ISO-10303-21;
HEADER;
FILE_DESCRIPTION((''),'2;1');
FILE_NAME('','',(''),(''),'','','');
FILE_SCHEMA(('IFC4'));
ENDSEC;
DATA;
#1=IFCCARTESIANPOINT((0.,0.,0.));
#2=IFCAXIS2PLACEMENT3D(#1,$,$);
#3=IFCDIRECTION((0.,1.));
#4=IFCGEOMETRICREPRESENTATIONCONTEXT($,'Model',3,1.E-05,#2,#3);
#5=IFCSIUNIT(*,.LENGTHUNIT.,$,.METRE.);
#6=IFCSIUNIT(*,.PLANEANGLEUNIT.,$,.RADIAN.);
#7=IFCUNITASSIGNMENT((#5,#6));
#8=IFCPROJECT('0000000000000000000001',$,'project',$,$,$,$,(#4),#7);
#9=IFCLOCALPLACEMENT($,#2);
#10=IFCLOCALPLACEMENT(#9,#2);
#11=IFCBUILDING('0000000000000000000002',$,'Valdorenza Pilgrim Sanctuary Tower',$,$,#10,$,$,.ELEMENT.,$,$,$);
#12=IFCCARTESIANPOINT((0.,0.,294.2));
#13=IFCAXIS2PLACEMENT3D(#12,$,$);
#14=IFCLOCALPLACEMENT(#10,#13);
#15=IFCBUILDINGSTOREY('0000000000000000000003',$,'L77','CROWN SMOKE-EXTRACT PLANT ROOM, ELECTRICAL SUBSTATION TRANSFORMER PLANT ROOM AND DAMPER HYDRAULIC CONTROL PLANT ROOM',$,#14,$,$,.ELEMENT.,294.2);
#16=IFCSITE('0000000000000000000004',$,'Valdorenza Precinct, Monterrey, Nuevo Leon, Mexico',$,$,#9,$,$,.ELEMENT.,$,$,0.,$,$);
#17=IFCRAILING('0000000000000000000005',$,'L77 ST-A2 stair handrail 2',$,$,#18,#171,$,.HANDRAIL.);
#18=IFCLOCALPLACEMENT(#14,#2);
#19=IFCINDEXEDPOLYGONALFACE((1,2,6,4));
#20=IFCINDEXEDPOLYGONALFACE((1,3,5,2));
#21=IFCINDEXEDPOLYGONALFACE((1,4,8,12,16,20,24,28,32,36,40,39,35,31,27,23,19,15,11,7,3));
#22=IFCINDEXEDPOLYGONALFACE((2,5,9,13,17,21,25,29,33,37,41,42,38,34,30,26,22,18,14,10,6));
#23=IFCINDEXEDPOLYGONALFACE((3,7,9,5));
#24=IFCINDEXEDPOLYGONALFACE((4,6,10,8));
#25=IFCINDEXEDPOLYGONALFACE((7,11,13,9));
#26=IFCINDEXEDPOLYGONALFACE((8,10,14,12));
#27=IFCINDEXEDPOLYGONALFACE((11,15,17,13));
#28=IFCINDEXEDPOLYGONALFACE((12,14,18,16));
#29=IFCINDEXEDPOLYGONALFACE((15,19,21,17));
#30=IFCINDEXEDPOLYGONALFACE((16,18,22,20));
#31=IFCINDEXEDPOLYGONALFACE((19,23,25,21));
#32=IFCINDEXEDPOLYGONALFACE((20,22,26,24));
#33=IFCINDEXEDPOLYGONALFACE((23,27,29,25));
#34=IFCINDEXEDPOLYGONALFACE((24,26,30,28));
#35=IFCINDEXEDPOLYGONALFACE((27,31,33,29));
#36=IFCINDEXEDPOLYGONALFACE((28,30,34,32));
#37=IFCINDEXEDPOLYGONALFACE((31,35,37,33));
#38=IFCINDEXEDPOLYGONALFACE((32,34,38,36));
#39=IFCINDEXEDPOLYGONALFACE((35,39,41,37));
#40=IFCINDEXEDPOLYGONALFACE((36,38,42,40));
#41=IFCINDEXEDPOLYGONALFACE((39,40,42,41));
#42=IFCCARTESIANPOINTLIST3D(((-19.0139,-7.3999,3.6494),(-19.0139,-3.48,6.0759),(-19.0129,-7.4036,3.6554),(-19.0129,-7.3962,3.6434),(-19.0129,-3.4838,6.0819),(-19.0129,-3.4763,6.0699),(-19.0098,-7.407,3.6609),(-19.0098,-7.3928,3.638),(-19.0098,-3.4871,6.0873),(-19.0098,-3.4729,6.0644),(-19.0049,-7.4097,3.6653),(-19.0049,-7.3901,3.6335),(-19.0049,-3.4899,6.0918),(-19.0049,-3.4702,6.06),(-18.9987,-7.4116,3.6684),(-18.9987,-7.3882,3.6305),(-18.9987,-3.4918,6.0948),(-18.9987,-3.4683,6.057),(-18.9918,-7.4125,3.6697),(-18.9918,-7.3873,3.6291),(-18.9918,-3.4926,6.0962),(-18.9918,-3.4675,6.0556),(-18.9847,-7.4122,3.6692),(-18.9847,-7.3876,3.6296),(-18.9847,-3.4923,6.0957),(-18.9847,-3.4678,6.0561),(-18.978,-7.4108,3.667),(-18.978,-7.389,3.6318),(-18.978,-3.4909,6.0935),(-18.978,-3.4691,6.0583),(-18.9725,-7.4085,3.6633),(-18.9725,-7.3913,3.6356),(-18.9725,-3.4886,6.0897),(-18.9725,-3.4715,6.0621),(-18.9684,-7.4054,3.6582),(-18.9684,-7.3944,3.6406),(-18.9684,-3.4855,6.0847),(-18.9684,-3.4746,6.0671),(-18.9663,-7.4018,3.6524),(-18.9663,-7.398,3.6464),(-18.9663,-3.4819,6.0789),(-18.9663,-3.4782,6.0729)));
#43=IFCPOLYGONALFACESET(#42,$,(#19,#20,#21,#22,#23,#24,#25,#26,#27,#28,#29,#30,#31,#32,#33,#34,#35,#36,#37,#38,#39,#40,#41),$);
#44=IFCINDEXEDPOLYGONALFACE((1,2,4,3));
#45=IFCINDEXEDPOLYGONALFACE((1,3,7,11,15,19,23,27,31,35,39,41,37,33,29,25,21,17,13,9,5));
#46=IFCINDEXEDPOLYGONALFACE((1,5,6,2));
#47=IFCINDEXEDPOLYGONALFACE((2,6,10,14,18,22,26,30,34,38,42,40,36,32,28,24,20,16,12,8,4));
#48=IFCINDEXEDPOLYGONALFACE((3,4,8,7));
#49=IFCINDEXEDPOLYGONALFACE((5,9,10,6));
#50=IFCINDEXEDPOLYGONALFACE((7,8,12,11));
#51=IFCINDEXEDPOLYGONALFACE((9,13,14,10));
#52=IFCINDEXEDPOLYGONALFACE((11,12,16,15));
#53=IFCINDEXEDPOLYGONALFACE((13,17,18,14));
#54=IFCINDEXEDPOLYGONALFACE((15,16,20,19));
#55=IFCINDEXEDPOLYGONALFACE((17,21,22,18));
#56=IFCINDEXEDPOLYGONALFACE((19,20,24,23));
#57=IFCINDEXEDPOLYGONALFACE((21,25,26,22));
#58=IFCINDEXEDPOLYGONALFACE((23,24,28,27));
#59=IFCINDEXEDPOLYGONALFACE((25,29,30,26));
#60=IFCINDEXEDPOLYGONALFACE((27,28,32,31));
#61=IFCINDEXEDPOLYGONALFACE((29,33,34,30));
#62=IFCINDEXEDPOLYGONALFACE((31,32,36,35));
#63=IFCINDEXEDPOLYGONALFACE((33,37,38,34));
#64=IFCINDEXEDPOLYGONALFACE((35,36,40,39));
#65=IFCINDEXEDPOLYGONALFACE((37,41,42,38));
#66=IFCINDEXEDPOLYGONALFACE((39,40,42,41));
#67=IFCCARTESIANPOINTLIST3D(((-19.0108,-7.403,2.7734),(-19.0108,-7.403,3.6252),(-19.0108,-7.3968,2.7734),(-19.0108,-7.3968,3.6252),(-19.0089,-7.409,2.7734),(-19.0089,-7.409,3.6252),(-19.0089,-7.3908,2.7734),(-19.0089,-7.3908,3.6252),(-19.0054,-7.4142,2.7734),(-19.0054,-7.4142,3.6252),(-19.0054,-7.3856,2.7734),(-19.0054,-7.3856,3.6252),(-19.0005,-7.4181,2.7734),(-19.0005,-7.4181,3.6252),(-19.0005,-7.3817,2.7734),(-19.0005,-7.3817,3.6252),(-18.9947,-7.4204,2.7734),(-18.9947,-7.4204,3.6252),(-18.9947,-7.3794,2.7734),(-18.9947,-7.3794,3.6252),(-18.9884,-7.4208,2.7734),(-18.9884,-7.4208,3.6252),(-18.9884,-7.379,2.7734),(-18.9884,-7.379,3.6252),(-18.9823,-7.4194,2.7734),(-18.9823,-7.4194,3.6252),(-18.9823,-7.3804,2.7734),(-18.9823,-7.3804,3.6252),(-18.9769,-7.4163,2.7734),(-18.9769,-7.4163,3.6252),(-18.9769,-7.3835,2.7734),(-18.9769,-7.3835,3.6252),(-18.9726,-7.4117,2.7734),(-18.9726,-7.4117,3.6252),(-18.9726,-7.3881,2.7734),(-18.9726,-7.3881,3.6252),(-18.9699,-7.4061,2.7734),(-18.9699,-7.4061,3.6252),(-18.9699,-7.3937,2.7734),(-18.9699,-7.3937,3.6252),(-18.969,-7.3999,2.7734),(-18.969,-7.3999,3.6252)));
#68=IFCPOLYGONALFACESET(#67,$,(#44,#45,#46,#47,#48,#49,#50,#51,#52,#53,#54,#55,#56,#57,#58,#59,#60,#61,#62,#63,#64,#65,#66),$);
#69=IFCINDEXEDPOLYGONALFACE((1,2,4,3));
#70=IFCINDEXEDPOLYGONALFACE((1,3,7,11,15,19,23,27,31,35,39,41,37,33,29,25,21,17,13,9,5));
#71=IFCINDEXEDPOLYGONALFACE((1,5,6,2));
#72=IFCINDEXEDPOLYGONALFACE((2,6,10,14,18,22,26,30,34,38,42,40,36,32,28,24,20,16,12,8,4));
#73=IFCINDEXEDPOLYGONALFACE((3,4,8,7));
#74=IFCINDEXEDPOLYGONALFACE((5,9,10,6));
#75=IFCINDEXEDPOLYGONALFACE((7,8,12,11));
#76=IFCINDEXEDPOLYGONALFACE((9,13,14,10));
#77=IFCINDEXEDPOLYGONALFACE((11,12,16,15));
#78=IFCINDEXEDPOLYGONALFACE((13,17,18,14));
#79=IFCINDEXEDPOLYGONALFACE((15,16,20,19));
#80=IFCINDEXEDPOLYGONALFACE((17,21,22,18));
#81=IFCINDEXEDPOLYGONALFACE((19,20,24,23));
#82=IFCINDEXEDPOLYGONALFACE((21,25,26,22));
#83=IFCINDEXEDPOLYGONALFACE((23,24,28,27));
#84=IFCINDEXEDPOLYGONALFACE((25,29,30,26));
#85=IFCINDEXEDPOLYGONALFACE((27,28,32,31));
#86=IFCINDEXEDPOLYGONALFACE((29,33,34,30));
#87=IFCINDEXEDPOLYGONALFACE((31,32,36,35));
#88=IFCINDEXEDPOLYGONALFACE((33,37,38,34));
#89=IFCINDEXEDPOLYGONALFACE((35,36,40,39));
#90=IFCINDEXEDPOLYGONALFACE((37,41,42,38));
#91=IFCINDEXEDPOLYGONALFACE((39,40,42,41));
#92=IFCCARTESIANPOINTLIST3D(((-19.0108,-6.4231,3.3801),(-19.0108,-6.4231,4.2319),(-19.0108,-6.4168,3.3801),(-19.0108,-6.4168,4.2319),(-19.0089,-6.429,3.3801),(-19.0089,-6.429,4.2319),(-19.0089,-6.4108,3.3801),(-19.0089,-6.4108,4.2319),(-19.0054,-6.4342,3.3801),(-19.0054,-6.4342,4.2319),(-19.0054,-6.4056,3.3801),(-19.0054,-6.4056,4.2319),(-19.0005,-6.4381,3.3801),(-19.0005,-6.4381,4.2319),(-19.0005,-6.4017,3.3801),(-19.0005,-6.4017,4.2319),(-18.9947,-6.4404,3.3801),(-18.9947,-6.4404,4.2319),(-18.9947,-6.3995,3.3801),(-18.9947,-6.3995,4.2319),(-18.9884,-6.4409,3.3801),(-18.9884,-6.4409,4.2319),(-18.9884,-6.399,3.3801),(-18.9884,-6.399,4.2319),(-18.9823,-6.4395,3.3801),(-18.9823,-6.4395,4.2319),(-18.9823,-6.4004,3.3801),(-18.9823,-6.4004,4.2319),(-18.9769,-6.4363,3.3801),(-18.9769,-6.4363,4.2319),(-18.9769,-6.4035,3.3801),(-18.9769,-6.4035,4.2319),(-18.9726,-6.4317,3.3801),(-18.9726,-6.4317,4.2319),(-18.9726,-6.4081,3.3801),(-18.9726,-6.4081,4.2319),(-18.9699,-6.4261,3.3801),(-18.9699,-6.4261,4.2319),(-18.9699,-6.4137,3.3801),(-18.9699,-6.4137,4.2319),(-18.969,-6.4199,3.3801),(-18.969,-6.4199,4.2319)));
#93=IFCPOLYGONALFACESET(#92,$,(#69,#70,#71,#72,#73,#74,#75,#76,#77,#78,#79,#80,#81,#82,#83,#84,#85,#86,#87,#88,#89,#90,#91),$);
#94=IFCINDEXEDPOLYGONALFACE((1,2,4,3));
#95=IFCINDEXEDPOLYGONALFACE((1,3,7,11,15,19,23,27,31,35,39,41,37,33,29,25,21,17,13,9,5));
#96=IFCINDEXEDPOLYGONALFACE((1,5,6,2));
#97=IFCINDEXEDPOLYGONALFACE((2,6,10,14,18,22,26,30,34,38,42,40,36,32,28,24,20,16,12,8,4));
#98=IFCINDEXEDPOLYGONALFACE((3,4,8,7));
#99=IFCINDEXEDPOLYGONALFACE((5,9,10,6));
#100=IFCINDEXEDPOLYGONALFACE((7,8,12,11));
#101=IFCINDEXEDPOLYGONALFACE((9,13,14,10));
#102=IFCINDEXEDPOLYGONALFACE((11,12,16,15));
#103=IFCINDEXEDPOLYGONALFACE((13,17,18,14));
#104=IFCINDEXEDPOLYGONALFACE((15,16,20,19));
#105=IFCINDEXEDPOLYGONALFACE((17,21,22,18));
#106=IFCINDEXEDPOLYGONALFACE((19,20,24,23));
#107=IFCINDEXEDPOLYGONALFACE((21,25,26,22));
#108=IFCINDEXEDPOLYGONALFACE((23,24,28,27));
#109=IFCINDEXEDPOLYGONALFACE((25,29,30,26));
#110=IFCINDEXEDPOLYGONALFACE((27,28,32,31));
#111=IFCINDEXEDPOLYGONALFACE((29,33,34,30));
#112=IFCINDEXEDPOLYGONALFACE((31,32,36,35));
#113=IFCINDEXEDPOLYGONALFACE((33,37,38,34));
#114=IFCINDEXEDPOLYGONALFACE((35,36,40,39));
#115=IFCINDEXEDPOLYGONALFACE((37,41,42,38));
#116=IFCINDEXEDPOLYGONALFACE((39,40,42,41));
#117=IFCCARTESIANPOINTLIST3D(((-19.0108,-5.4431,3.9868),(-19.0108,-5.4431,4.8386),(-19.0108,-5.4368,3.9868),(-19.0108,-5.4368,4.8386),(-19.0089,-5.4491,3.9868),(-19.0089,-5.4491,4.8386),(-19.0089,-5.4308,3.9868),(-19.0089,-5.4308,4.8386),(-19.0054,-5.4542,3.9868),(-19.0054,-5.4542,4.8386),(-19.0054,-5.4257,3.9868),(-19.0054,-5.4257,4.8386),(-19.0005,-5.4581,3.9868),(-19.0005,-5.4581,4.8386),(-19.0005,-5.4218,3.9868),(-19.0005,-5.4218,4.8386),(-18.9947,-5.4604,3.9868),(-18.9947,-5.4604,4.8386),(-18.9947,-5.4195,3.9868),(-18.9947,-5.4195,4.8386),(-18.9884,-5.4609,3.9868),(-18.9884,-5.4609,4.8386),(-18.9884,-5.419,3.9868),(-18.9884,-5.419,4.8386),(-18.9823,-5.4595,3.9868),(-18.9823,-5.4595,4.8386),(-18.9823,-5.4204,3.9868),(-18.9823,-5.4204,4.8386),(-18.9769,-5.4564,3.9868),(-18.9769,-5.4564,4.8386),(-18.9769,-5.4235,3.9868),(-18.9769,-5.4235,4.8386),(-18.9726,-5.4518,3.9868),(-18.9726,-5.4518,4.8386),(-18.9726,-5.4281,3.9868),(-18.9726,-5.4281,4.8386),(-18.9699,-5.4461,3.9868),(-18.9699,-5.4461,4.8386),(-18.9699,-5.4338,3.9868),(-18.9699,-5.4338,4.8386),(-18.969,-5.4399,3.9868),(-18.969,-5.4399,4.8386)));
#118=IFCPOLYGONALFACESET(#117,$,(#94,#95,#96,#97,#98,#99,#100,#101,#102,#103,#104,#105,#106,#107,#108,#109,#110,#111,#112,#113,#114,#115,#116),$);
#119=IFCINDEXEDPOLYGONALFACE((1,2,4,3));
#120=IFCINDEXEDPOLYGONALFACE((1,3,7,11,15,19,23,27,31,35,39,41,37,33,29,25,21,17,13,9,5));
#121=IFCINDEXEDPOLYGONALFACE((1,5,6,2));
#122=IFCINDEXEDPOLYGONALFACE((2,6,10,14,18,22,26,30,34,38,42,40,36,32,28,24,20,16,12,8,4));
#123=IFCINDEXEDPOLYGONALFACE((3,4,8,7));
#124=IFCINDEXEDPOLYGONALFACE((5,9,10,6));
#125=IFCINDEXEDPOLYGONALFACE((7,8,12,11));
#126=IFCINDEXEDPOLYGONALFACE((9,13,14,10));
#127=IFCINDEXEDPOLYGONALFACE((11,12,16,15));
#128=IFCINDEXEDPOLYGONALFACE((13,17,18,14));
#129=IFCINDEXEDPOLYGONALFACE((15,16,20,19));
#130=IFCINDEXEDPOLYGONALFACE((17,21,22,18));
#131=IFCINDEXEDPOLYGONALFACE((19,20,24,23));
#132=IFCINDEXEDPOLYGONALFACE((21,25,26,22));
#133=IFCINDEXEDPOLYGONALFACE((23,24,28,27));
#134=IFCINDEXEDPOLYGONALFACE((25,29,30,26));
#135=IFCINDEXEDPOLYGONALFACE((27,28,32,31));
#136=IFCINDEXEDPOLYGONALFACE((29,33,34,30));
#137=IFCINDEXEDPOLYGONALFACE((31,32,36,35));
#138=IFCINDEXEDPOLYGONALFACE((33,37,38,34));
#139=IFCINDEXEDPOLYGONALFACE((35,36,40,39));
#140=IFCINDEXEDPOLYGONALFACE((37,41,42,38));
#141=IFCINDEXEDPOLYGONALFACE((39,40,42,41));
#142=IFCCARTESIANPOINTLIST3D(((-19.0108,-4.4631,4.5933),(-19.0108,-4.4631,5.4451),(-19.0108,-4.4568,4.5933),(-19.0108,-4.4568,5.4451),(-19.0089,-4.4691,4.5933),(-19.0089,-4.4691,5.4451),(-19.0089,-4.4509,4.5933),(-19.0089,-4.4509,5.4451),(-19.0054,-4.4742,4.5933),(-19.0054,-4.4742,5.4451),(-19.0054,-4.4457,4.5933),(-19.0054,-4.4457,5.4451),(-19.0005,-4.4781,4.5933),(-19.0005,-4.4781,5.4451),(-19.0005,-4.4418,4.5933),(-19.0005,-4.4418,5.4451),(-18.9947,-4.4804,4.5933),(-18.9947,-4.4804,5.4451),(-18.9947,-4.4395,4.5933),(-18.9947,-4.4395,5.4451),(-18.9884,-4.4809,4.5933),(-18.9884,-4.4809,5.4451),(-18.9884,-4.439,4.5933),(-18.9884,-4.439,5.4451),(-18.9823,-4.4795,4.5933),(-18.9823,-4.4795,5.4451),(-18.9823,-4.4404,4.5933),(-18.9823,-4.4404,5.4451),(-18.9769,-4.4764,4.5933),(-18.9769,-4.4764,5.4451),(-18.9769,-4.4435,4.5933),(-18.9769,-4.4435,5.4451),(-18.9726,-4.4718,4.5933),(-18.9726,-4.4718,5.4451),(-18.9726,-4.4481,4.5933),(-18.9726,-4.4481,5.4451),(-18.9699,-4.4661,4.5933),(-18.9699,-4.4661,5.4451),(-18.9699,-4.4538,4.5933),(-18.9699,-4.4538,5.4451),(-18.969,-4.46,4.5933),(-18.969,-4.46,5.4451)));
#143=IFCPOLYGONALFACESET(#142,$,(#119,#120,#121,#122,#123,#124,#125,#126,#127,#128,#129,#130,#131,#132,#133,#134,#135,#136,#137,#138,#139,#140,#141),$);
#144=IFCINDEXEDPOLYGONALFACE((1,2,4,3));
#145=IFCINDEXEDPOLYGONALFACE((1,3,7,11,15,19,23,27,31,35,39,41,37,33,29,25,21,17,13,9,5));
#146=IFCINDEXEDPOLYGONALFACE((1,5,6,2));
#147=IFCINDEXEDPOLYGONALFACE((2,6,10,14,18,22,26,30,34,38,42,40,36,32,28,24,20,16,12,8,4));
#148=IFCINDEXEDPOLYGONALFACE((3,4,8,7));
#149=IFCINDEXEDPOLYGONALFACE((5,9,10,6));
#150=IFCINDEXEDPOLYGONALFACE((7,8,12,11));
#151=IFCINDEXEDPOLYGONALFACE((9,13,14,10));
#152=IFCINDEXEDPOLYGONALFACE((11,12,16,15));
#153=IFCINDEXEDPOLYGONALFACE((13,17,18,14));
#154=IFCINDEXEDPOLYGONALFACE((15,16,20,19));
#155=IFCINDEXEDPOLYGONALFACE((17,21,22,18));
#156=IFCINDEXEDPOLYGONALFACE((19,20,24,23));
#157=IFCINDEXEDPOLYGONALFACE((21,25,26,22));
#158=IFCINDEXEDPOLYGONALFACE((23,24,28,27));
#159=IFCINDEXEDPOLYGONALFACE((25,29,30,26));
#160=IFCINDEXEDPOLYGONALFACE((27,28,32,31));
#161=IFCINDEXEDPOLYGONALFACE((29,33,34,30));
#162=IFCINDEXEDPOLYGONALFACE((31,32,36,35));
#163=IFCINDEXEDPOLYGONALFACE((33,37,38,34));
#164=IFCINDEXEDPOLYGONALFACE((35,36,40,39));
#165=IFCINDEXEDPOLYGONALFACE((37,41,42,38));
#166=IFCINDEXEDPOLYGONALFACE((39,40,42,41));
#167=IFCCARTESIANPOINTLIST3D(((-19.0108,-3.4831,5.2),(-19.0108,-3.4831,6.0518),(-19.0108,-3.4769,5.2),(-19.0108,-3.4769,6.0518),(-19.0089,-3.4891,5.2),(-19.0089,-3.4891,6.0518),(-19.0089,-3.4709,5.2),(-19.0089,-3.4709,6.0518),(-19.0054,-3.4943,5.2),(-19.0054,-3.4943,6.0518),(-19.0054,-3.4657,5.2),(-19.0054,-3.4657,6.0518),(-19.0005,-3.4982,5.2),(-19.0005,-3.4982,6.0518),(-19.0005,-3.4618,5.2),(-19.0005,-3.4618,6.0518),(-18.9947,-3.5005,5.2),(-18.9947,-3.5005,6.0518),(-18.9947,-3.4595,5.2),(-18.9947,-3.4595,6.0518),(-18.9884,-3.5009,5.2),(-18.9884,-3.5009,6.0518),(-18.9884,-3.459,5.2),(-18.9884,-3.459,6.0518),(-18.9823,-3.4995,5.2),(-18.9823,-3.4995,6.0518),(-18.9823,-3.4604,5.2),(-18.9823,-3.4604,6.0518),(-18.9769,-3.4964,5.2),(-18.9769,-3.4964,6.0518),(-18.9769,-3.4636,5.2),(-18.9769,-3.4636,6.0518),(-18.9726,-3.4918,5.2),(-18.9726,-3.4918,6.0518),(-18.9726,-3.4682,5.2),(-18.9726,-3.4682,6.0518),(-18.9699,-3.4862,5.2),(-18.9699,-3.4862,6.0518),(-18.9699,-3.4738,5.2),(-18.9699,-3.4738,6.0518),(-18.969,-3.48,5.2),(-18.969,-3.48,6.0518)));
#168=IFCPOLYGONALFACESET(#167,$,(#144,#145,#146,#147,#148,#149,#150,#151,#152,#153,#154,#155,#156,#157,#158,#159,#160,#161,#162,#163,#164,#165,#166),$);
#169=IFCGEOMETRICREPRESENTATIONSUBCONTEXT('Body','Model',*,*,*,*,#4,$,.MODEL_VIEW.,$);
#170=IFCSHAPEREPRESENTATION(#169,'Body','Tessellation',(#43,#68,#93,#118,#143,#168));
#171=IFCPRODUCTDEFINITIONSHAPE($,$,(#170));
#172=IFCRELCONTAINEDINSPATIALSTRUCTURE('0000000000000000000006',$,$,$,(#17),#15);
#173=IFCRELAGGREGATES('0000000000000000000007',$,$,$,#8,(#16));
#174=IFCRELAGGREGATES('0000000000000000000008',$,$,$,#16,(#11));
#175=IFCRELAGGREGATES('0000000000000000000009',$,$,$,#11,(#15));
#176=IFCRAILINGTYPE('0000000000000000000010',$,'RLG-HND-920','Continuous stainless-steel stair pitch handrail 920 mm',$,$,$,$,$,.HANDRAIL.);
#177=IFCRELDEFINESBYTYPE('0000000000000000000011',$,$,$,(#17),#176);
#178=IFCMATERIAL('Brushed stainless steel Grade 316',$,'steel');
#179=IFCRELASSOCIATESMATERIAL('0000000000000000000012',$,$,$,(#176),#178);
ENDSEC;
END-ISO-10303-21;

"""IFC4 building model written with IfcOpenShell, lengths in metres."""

from ifc_helpers import new_model, si_unit, direction, frame, origin, origin_2d, place, context, subcontext, project, spatial, circle, extrude, material, type_object, element, save


model = new_model("IFC4")

# Units and contexts
model_context = context("Model", 3, precision=1e-05, world=origin(), true_north=direction((0.0, 1.0)))
body_context = subcontext(model_context, "Body", "Model", "MODEL_VIEW")
ifc_project = project(units=[si_unit("LENGTHUNIT", "METRE"), si_unit("PLANEANGLEUNIT", "RADIAN")], contexts=[model_context])

# Site, building, storey
site_placement = place(None, origin())
site = spatial("IfcSite", under=ifc_project, at=site_placement, Name="Valdorenza Precinct, Monterrey, Nuevo Leon, Mexico", CompositionType="ELEMENT", RefElevation=0.0)
building_placement = place(site_placement, origin())
building = spatial("IfcBuilding", under=site, at=building_placement, Name="Valdorenza Pilgrim Sanctuary Tower", CompositionType="ELEMENT")
storey_placement = place(building_placement, frame((0.0, 0.0, 294.2)))
storey = spatial("IfcBuildingStorey", under=building, at=storey_placement, Name="L77", Description="CROWN SMOKE-EXTRACT PLANT ROOM, ELECTRICAL SUBSTATION TRANSFORMER PLANT ROOM AND DAMPER HYDRAULIC CONTROL PLANT ROOM", CompositionType="ELEMENT", Elevation=294.2)

# Shared definitions
ifc_material_1 = material(Name="Brushed stainless steel Grade 316", Category="steel")

# Railing
railing_type_1 = type_object("IfcRailingType", Name="RLG-HND-920", Description="Continuous stainless-steel stair pitch handrail 920 mm", PredefinedType="HANDRAIL", material=ifc_material_1)
railing_1_placement = place(storey_placement, frame((-18.99, -7.3999, 2.7734)))
element("IfcRailing", 1, at=railing_1_placement, inside=storey, type_object=railing_type_1, Name="L77 ST-A2 stair handrail 2", PredefinedType="HANDRAIL", context=body_context, shape_type="SweptSolid", body=[
    extrude(circle(Radius=0.0239, at=origin_2d()), frame((0.0, 0.0, 0.876), z_axis=(0.0, 0.850275, 0.526338), x_axis=(-1.0, 0.0, 0.0)), (0.0, 0.0, 1.0), 4.6101),
    extrude(circle(Radius=0.021, at=origin_2d()), origin(), (0.0, 0.0, 1.0), 0.8518),
    extrude(circle(Radius=0.021, at=origin_2d()), frame((0.0, 0.98, 0.6067)), (0.0, 0.0, 1.0), 0.8518),
    extrude(circle(Radius=0.021, at=origin_2d()), frame((0.0, 1.96, 1.2134)), (0.0, 0.0, 1.0), 0.8518),
    extrude(circle(Radius=0.021, at=origin_2d()), frame((0.0, 2.9399, 1.8198)), (0.0, 0.0, 1.0), 0.8518),
    extrude(circle(Radius=0.021, at=origin_2d()), frame((0.0, 3.9199, 2.4265)), (0.0, 0.0, 1.0), 0.8518),
])

save(model, "model.ifc")
